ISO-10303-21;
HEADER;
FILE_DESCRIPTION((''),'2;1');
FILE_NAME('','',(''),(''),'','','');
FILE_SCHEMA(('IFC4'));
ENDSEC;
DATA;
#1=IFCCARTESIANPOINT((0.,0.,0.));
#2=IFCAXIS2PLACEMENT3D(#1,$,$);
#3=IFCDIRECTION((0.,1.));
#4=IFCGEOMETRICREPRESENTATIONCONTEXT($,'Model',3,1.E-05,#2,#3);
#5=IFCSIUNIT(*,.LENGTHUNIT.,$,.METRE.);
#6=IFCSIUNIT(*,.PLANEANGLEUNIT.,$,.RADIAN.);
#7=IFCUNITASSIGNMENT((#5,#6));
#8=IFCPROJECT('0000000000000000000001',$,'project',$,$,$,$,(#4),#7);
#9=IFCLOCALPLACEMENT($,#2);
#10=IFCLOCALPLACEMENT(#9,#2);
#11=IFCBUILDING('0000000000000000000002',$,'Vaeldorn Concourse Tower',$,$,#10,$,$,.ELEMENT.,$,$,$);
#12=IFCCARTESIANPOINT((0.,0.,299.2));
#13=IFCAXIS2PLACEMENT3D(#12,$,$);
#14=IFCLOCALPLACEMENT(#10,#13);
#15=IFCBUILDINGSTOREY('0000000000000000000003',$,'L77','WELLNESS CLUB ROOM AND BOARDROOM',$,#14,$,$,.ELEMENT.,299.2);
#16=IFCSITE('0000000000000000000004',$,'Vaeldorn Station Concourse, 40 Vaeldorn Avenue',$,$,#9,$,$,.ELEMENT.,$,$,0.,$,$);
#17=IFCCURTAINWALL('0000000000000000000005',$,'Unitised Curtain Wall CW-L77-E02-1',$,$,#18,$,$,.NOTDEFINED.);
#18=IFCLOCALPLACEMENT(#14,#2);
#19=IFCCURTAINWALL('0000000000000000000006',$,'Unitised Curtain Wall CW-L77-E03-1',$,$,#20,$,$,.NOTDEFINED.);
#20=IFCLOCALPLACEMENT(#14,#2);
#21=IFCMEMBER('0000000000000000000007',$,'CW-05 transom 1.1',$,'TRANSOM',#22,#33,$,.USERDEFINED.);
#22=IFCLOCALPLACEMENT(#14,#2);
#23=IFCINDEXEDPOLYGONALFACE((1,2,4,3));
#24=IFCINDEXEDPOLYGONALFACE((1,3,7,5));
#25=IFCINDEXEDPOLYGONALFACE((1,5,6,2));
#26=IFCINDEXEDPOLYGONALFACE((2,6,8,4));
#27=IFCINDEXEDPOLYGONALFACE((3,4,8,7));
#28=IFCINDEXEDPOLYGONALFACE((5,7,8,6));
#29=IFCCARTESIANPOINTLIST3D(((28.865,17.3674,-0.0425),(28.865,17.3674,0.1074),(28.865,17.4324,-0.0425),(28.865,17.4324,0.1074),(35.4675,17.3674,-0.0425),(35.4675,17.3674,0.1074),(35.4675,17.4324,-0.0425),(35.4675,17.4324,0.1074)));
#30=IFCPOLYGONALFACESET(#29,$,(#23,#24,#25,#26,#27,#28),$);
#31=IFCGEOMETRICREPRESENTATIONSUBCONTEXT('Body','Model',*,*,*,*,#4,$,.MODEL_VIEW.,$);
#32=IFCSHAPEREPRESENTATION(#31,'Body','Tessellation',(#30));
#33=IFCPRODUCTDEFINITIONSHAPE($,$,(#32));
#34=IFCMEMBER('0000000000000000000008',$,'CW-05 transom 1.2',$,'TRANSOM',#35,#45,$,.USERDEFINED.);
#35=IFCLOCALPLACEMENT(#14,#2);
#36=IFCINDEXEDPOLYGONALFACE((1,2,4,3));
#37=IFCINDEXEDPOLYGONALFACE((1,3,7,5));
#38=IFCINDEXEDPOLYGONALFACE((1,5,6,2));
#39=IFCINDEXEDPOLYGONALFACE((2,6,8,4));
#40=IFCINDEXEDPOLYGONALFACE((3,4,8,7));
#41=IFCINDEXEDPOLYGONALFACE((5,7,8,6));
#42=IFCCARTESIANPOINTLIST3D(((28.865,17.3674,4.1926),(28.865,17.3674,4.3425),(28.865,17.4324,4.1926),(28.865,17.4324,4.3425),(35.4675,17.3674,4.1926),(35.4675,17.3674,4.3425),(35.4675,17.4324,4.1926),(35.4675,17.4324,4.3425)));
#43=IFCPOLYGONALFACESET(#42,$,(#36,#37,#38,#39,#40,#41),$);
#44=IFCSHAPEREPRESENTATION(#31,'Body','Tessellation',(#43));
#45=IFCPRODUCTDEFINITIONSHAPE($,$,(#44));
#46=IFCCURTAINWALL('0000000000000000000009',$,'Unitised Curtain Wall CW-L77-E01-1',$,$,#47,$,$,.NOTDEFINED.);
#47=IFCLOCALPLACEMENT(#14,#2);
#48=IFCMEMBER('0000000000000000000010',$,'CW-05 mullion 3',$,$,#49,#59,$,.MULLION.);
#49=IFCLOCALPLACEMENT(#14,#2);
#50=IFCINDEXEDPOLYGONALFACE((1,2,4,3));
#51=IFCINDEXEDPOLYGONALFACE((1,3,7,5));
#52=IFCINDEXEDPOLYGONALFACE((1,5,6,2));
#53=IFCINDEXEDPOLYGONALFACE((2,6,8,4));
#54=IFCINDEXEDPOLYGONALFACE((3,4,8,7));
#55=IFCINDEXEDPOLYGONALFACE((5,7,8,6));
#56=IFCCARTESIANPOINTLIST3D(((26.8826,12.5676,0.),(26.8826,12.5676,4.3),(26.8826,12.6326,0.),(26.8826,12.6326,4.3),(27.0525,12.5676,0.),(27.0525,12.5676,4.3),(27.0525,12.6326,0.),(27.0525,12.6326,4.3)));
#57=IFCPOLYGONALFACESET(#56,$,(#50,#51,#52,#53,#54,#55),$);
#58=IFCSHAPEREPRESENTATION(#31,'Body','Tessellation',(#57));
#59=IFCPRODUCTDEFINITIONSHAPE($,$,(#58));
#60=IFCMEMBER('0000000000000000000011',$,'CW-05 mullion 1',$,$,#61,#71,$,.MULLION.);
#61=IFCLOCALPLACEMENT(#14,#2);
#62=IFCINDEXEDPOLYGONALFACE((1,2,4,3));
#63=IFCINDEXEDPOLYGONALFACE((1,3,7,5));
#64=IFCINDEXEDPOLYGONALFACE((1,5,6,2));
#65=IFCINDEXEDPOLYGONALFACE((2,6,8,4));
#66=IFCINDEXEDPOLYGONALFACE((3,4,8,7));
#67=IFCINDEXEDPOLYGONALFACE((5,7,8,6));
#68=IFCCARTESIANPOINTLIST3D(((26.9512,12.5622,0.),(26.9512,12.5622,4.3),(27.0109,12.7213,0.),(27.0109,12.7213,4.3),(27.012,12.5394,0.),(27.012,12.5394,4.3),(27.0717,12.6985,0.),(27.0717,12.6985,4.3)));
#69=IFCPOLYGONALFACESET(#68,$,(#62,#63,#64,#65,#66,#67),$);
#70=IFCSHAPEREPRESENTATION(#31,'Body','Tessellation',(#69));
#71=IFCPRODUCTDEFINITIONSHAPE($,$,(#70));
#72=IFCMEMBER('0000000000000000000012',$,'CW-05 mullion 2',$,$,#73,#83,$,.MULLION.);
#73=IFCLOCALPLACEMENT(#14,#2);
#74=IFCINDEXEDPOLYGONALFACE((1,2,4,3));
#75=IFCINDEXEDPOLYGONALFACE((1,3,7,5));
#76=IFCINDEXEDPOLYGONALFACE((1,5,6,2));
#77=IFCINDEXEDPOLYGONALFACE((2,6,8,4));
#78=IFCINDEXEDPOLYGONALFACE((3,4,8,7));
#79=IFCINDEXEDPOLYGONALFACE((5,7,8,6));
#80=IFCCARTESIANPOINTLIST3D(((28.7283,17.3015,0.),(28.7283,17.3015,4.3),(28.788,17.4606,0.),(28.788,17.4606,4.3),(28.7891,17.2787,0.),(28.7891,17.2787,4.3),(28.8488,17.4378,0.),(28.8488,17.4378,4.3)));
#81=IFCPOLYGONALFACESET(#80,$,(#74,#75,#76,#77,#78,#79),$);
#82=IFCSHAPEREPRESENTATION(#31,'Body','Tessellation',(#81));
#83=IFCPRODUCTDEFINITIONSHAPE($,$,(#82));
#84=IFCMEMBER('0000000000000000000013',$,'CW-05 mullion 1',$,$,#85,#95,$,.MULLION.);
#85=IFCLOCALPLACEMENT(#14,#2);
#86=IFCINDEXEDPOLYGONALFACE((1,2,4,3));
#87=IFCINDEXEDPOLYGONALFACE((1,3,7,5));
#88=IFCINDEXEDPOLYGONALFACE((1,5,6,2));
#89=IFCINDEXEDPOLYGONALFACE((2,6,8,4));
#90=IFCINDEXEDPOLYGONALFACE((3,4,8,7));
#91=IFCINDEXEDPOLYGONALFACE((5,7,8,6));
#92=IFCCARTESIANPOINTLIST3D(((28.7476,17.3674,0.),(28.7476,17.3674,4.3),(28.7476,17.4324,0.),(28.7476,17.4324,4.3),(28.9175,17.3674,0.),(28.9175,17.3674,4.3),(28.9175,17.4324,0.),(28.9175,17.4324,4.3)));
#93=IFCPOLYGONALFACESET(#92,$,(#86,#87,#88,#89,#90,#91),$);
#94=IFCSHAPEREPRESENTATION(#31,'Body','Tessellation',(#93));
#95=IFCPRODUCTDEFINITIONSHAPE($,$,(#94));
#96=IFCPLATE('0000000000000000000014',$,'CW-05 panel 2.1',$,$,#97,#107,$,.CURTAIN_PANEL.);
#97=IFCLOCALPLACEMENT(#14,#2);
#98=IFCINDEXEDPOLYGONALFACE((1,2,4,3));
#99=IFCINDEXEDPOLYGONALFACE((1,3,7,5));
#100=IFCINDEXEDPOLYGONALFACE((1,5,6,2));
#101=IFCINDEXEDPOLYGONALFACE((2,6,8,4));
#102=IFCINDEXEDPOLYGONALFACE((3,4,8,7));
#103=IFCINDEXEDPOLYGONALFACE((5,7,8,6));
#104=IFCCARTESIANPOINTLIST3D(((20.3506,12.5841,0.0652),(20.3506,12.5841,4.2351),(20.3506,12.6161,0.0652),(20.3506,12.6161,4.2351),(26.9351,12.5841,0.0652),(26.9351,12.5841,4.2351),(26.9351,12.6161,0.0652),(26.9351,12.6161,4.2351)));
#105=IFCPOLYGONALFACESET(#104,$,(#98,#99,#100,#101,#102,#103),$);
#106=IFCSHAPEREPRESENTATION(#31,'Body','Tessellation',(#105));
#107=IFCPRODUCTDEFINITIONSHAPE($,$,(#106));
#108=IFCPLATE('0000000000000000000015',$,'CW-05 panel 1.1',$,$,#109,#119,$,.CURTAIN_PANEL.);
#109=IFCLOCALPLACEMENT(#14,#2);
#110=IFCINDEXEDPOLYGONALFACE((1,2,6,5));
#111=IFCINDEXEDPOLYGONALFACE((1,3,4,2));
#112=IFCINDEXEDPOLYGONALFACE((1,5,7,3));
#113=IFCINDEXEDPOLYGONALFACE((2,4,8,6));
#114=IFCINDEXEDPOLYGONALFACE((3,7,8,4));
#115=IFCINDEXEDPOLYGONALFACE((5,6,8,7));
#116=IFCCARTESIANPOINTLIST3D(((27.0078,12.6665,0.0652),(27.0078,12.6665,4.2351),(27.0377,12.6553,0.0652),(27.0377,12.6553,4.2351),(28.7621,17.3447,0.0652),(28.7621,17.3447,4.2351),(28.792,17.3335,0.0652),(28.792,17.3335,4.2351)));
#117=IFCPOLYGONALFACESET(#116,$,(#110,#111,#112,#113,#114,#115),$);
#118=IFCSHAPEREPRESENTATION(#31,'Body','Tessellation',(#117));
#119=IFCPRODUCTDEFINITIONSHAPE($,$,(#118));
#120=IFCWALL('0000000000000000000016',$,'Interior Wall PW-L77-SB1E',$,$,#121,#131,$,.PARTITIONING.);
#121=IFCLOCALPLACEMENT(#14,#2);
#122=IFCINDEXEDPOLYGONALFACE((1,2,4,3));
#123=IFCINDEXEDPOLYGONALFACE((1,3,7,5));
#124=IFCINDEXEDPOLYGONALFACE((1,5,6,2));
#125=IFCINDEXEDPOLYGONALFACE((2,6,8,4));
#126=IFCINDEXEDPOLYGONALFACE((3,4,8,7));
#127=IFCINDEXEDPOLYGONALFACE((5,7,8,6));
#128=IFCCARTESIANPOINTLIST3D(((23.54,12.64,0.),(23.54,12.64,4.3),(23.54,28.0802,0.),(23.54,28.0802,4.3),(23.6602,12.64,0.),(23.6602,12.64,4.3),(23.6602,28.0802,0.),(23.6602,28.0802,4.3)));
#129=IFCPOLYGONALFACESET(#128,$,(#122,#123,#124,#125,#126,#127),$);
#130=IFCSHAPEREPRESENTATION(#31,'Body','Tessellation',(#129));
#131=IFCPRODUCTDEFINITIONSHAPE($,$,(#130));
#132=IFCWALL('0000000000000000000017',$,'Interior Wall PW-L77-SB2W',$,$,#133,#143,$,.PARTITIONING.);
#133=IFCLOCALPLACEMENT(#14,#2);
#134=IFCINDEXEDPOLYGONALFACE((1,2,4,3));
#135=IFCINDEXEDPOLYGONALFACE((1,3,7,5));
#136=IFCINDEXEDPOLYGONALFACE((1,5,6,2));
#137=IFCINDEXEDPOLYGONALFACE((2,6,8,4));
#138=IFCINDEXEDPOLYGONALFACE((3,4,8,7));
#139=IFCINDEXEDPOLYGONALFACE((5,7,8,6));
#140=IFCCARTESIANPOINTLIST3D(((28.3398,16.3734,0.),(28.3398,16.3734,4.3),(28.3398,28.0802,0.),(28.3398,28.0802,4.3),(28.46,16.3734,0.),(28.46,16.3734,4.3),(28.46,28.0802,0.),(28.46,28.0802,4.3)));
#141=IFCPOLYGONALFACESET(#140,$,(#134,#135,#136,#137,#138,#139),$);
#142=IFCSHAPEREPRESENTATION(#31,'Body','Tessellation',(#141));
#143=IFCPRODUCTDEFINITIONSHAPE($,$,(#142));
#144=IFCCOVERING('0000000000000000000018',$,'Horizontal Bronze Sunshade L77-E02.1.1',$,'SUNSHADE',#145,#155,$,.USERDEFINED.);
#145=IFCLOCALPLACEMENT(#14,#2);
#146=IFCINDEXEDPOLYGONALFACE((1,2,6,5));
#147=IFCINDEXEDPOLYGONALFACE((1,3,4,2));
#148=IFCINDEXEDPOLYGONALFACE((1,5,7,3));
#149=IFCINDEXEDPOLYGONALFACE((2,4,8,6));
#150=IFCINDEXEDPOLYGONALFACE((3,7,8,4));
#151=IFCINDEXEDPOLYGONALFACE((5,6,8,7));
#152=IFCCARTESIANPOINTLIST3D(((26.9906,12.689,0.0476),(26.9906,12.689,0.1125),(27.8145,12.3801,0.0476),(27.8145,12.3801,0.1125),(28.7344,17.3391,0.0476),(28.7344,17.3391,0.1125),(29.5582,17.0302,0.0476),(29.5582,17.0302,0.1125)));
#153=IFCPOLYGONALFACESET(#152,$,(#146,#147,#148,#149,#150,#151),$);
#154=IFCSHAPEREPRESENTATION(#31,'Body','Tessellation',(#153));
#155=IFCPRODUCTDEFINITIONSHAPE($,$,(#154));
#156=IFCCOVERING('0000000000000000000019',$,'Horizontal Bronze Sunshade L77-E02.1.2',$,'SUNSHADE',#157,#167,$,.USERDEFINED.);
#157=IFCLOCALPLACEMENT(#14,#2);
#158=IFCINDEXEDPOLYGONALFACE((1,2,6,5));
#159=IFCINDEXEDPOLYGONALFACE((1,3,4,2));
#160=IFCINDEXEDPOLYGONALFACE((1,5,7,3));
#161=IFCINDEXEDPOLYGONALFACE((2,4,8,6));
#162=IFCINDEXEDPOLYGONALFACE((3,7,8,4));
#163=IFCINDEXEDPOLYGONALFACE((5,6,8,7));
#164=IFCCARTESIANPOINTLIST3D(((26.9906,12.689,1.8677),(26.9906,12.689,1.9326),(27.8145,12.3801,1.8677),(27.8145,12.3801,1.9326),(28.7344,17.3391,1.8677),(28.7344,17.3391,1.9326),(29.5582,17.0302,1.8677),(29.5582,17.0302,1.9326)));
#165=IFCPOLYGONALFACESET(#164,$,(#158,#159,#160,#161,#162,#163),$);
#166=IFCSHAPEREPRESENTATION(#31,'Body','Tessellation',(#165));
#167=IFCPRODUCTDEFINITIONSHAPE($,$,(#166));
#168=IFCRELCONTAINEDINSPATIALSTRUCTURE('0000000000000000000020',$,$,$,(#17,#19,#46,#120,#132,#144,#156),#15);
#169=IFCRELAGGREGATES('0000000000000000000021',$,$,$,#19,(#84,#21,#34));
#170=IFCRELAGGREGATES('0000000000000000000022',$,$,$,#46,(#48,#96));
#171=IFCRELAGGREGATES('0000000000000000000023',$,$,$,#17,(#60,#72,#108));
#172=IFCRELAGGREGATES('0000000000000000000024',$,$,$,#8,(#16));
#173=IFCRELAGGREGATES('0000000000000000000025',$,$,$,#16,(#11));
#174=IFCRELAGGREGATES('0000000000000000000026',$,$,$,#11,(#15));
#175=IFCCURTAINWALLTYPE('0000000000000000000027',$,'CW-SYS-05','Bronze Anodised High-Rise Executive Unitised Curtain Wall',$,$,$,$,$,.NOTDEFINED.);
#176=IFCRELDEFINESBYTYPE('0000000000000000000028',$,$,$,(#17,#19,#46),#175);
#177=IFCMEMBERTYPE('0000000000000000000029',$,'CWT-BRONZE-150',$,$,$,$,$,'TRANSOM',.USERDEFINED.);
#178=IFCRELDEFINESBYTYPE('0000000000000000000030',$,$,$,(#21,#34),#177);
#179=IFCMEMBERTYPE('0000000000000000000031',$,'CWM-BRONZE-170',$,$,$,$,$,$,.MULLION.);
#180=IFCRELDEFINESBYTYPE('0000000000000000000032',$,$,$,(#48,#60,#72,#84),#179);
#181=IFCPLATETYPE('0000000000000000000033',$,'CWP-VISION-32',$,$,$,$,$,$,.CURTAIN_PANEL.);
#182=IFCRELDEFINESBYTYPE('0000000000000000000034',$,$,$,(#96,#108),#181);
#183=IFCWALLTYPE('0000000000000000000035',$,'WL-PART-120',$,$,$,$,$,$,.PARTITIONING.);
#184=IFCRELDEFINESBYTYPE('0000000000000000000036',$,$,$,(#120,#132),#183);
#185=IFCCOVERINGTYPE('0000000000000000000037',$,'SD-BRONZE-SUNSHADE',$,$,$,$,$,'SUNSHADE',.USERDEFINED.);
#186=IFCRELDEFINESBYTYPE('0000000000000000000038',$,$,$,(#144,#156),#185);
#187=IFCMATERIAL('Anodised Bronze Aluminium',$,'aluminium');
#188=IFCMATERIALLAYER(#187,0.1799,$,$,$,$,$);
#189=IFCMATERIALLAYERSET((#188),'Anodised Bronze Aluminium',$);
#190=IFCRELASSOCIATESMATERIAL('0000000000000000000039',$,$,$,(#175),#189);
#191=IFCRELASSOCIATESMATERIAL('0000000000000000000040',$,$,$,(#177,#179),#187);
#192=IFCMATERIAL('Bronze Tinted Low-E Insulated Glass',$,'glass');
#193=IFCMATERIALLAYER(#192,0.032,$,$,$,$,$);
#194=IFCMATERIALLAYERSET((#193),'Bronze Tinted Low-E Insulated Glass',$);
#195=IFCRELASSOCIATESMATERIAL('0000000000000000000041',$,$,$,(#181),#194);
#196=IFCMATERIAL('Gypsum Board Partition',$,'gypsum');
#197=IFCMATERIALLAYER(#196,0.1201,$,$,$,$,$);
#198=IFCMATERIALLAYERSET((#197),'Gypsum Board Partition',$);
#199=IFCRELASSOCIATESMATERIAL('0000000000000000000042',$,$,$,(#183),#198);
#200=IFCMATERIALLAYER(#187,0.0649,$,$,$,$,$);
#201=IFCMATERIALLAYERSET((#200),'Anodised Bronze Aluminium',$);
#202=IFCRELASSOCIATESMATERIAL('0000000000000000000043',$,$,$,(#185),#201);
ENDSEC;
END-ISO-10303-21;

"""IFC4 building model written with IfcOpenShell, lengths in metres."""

from ifc_helpers import new_model, si_unit, direction, frame, frame_2d, origin, origin_2d, place, context, subcontext, project, spatial, rectangle, extrude, source, transform, mapped, material, layer, layer_set, material_profile, profile_set, type_object, element, aggregate, save


model = new_model("IFC4")

# Units and contexts
model_context = context("Model", 3, precision=1e-05, world=origin(), true_north=direction((0.0, 1.0)))
body_context = subcontext(model_context, "Body", "Model", "MODEL_VIEW")
ifc_project = project(units=[si_unit("LENGTHUNIT", "METRE"), si_unit("PLANEANGLEUNIT", "RADIAN")], contexts=[model_context])

# Site, building, storey
site_placement = place(None, origin())
site = spatial("IfcSite", under=ifc_project, at=site_placement, Name="Vaeldorn Station Concourse, 40 Vaeldorn Avenue", CompositionType="ELEMENT", RefElevation=0.0)
building_placement = place(site_placement, origin())
building = spatial("IfcBuilding", under=site, at=building_placement, Name="Vaeldorn Concourse Tower", CompositionType="ELEMENT")
storey_placement = place(building_placement, frame((0.0, 0.0, 299.2)))
storey = spatial("IfcBuildingStorey", under=building, at=storey_placement, Name="L77", Description="WELLNESS CLUB ROOM AND BOARDROOM", CompositionType="ELEMENT", Elevation=299.2)

# Curtain walls, members
ifc_material_1 = material(Name="Anodised Bronze Aluminium", Category="aluminium")
ifc_layer_1 = layer(ifc_material_1, 0.1799)
ifc_layer_set_1 = layer_set([ifc_layer_1], Name="Anodised Bronze Aluminium")
curtain_wall_type = type_object("IfcCurtainWallType", Name="CW-SYS-05", Description="Bronze Anodised High-Rise Executive Unitised Curtain Wall", PredefinedType="NOTDEFINED", material=ifc_layer_set_1)
curtain_wall_1_placement = place(storey_placement, origin())
curtain_wall_1 = element("IfcCurtainWall", 1, at=curtain_wall_1_placement, inside=storey, type_object=curtain_wall_type, Name="Unitised Curtain Wall CW-L77-E02-1", PredefinedType="NOTDEFINED")
ifc_material_profile_1 = material_profile(ifc_material_1, rectangle(XDim=0.0649, YDim=0.1499, at=origin_2d()), Name="CWT 65x150")
ifc_profile_set_1 = profile_set([ifc_material_profile_1], Name="Anodised Bronze Aluminium")
member_type_1 = type_object("IfcMemberType", Name="CWT-BRONZE-150", ElementType="TRANSOM", PredefinedType="USERDEFINED", material=ifc_profile_set_1)
curtain_wall_2_placement = place(storey_placement, origin())
curtain_wall_2 = element("IfcCurtainWall", 2, at=curtain_wall_2_placement, inside=storey, type_object=curtain_wall_type, Name="Unitised Curtain Wall CW-L77-E03-1", PredefinedType="NOTDEFINED")
shared_shape_1 = source(origin(), body_context, "Body", "SweptSolid", [
    extrude(rectangle(XDim=0.0649, YDim=0.1499, at=origin_2d()), origin(), (0.0, 0.0, 1.0), 6.6025),
])
member_1_placement = place(storey_placement, frame((28.865, 17.3999, 0.0325), z_axis=(1.0, 0.0, 0.0), x_axis=(0.0, 1.0, 0.0)))
member_1 = element("IfcMember", 3, at=member_1_placement, type_object=member_type_1, Name="CW-05 transom 1.1", ObjectType="TRANSOM", PredefinedType="USERDEFINED", context=body_context, shape_type="MappedRepresentation", body=[
    mapped(shared_shape_1, transform((0.0, 0.0, 0.0), scale=1.0)),
])
member_2_placement = place(storey_placement, frame((28.865, 17.3999, 4.2676), z_axis=(1.0, 0.0, 0.0), x_axis=(0.0, 1.0, 0.0)))
member_2 = element("IfcMember", 4, at=member_2_placement, type_object=member_type_1, Name="CW-05 transom 1.2", ObjectType="TRANSOM", PredefinedType="USERDEFINED", context=body_context, shape_type="MappedRepresentation", body=[
    mapped(shared_shape_1, transform((0.0, 0.0, 0.0), scale=1.0)),
])

# Curtain wall, member
curtain_wall_3_placement = place(storey_placement, origin())
curtain_wall_3 = element("IfcCurtainWall", 5, at=curtain_wall_3_placement, inside=storey, type_object=curtain_wall_type, Name="Unitised Curtain Wall CW-L77-E01-1", PredefinedType="NOTDEFINED")
ifc_material_profile_2 = material_profile(ifc_material_1, rectangle(XDim=0.0649, YDim=0.1699, at=origin_2d()), Name="CWM 65x170")
ifc_profile_set_2 = profile_set([ifc_material_profile_2], Name="Anodised Bronze Aluminium")
member_type_2 = type_object("IfcMemberType", Name="CWM-BRONZE-170", PredefinedType="MULLION", material=ifc_profile_set_2)
shared_shape_2 = source(origin(), body_context, "Body", "SweptSolid", [
    extrude(rectangle(XDim=0.0649, YDim=0.1699, at=origin_2d()), origin(), (0.0, 0.0, 1.0), 4.3),
])
member_3_placement = place(storey_placement, frame((26.9675, 12.6001, 0.0), z_axis=(0.0, 0.0, 1.0), x_axis=(0.0, 1.0, 0.0)))
member_3 = element("IfcMember", 6, at=member_3_placement, type_object=member_type_2, Name="CW-05 mullion 3", PredefinedType="MULLION", context=body_context, shape_type="MappedRepresentation", body=[
    mapped(shared_shape_2, transform((0.0, 0.0, 0.0), scale=1.0)),
])

# Members
member_4_placement = place(storey_placement, frame((27.0115, 12.6304, 0.0), z_axis=(0.0, 0.0, 1.0), x_axis=(-0.936329, 0.351123, 0.0)))
member_4 = element("IfcMember", 7, at=member_4_placement, type_object=member_type_2, Name="CW-05 mullion 1", PredefinedType="MULLION", context=body_context, shape_type="MappedRepresentation", body=[
    mapped(shared_shape_2, transform((0.0, 0.0, 0.0), scale=1.0)),
])
member_5_placement = place(storey_placement, frame((28.7886, 17.3696, 0.0), z_axis=(0.0, 0.0, 1.0), x_axis=(-0.936329, 0.351123, 0.0)))
member_5 = element("IfcMember", 8, at=member_5_placement, type_object=member_type_2, Name="CW-05 mullion 2", PredefinedType="MULLION", context=body_context, shape_type="MappedRepresentation", body=[
    mapped(shared_shape_2, transform((0.0, 0.0, 0.0), scale=1.0)),
])
member_6_placement = place(storey_placement, frame((28.8325, 17.3999, 0.0), z_axis=(0.0, 0.0, 1.0), x_axis=(0.0, 1.0, 0.0)))
member_6 = element("IfcMember", 9, at=member_6_placement, type_object=member_type_2, Name="CW-05 mullion 1", PredefinedType="MULLION", context=body_context, shape_type="MappedRepresentation", body=[
    mapped(shared_shape_2, transform((0.0, 0.0, 0.0), scale=1.0)),
])
aggregate(curtain_wall_2, [member_6, member_1, member_2])

# Plates
ifc_material_2 = material(Name="Bronze Tinted Low-E Insulated Glass", Category="glass")
ifc_layer_2 = layer(ifc_material_2, 0.032)
ifc_layer_set_2 = layer_set([ifc_layer_2], Name="Bronze Tinted Low-E Insulated Glass")
plate_type = type_object("IfcPlateType", Name="CWP-VISION-32", PredefinedType="CURTAIN_PANEL", material=ifc_layer_set_2)
shared_shape_3 = source(origin(), body_context, "Body", "SweptSolid", [
    extrude(rectangle(XDim=6.5845, YDim=0.032, at=origin_2d()), origin(), (0.0, 0.0, 1.0), 4.1699),
])
plate_1_placement = place(storey_placement, frame((23.6428, 12.6001, 0.0652), z_axis=(0.0, 0.0, 1.0), x_axis=(1.0, 0.0, 0.0)))
plate_1 = element("IfcPlate", 10, at=plate_1_placement, type_object=plate_type, Name="CW-05 panel 2.1", PredefinedType="CURTAIN_PANEL", context=body_context, shape_type="MappedRepresentation", body=[
    mapped(shared_shape_3, transform((0.0, 0.0, 0.0), scale=1.0)),
])
aggregate(curtain_wall_3, [member_3, plate_1])
shared_shape_4 = source(origin(), body_context, "Body", "SweptSolid", [
    extrude(rectangle(XDim=4.9963, YDim=0.032, at=origin_2d()), origin(), (0.0, 0.0, 1.0), 4.1699),
])
plate_2_placement = place(storey_placement, frame((27.8999, 15.0, 0.0652), z_axis=(0.0, 0.0, 1.0), x_axis=(0.351123, 0.936329, 0.0)))
plate_2 = element("IfcPlate", 11, at=plate_2_placement, type_object=plate_type, Name="CW-05 panel 1.1", PredefinedType="CURTAIN_PANEL", context=body_context, shape_type="MappedRepresentation", body=[
    mapped(shared_shape_4, transform((0.0, 0.0, 0.0), scale=1.0)),
])
aggregate(curtain_wall_1, [member_4, member_5, plate_2])

# Walls
ifc_material_3 = material(Name="Gypsum Board Partition", Category="gypsum")
ifc_layer_3 = layer(ifc_material_3, 0.1201)
ifc_layer_set_3 = layer_set([ifc_layer_3], Name="Gypsum Board Partition")
wall_type = type_object("IfcWallType", Name="WL-PART-120", PredefinedType="PARTITIONING", material=ifc_layer_set_3)
wall_1_placement = place(storey_placement, frame((23.6001, 12.6399, 0.0), z_axis=(0.0, 0.0, 1.0), x_axis=(0.0, 1.0, 0.0)))
element("IfcWall", 12, at=wall_1_placement, inside=storey, type_object=wall_type, Name="Interior Wall PW-L77-SB1E", PredefinedType="PARTITIONING", context=body_context, shape_type="SweptSolid", body=[
    extrude(rectangle(XDim=15.4402, YDim=0.1201, at=frame_2d((7.7202, 0.0))), origin(), (0.0, 0.0, 1.0), 4.3),
])
wall_2_placement = place(storey_placement, frame((28.3999, 16.3733, 0.0), z_axis=(0.0, 0.0, 1.0), x_axis=(0.0, 1.0, 0.0)))
element("IfcWall", 13, at=wall_2_placement, inside=storey, type_object=wall_type, Name="Interior Wall PW-L77-SB2W", PredefinedType="PARTITIONING", context=body_context, shape_type="SweptSolid", body=[
    extrude(rectangle(XDim=11.7068, YDim=0.1201, at=frame_2d((5.8535, 0.0))), origin(), (0.0, 0.0, 1.0), 4.3),
])

# Coverings
ifc_layer_4 = layer(ifc_material_1, 0.0649)
ifc_layer_set_4 = layer_set([ifc_layer_4], Name="Anodised Bronze Aluminium")
covering_type = type_object("IfcCoveringType", Name="SD-BRONZE-SUNSHADE", ElementType="SUNSHADE", PredefinedType="USERDEFINED", material=ifc_layer_set_4)
shared_shape_5 = source(origin(), body_context, "Body", "SweptSolid", [
    extrude(rectangle(XDim=4.9663, YDim=0.8799, at=origin_2d()), origin(), (0.0, 0.0, 1.0), 0.0649),
])
for number, where, z_axis, x_axis, name in (
    (14, (28.2744, 14.8596, 0.0476), (0.0, 0.0, 1.0), (0.351123, 0.936329, 0.0), "Horizontal Bronze Sunshade L77-E02.1.1"),
    (15, (28.2744, 14.8596, 1.8677), (0.0, 0.0, 1.0), (0.351123, 0.936329, 0.0), "Horizontal Bronze Sunshade L77-E02.1.2"),
):
    element("IfcCovering", number, at=place(storey_placement, frame(where, z_axis=z_axis, x_axis=x_axis)), inside=storey, type_object=covering_type, Name=name, ObjectType="SUNSHADE", PredefinedType="USERDEFINED", context=body_context, shape_type="MappedRepresentation", body=[
        mapped(shared_shape_5, transform((0.0, 0.0, 0.0), scale=1.0)),
    ])

save(model, "model.ifc")
